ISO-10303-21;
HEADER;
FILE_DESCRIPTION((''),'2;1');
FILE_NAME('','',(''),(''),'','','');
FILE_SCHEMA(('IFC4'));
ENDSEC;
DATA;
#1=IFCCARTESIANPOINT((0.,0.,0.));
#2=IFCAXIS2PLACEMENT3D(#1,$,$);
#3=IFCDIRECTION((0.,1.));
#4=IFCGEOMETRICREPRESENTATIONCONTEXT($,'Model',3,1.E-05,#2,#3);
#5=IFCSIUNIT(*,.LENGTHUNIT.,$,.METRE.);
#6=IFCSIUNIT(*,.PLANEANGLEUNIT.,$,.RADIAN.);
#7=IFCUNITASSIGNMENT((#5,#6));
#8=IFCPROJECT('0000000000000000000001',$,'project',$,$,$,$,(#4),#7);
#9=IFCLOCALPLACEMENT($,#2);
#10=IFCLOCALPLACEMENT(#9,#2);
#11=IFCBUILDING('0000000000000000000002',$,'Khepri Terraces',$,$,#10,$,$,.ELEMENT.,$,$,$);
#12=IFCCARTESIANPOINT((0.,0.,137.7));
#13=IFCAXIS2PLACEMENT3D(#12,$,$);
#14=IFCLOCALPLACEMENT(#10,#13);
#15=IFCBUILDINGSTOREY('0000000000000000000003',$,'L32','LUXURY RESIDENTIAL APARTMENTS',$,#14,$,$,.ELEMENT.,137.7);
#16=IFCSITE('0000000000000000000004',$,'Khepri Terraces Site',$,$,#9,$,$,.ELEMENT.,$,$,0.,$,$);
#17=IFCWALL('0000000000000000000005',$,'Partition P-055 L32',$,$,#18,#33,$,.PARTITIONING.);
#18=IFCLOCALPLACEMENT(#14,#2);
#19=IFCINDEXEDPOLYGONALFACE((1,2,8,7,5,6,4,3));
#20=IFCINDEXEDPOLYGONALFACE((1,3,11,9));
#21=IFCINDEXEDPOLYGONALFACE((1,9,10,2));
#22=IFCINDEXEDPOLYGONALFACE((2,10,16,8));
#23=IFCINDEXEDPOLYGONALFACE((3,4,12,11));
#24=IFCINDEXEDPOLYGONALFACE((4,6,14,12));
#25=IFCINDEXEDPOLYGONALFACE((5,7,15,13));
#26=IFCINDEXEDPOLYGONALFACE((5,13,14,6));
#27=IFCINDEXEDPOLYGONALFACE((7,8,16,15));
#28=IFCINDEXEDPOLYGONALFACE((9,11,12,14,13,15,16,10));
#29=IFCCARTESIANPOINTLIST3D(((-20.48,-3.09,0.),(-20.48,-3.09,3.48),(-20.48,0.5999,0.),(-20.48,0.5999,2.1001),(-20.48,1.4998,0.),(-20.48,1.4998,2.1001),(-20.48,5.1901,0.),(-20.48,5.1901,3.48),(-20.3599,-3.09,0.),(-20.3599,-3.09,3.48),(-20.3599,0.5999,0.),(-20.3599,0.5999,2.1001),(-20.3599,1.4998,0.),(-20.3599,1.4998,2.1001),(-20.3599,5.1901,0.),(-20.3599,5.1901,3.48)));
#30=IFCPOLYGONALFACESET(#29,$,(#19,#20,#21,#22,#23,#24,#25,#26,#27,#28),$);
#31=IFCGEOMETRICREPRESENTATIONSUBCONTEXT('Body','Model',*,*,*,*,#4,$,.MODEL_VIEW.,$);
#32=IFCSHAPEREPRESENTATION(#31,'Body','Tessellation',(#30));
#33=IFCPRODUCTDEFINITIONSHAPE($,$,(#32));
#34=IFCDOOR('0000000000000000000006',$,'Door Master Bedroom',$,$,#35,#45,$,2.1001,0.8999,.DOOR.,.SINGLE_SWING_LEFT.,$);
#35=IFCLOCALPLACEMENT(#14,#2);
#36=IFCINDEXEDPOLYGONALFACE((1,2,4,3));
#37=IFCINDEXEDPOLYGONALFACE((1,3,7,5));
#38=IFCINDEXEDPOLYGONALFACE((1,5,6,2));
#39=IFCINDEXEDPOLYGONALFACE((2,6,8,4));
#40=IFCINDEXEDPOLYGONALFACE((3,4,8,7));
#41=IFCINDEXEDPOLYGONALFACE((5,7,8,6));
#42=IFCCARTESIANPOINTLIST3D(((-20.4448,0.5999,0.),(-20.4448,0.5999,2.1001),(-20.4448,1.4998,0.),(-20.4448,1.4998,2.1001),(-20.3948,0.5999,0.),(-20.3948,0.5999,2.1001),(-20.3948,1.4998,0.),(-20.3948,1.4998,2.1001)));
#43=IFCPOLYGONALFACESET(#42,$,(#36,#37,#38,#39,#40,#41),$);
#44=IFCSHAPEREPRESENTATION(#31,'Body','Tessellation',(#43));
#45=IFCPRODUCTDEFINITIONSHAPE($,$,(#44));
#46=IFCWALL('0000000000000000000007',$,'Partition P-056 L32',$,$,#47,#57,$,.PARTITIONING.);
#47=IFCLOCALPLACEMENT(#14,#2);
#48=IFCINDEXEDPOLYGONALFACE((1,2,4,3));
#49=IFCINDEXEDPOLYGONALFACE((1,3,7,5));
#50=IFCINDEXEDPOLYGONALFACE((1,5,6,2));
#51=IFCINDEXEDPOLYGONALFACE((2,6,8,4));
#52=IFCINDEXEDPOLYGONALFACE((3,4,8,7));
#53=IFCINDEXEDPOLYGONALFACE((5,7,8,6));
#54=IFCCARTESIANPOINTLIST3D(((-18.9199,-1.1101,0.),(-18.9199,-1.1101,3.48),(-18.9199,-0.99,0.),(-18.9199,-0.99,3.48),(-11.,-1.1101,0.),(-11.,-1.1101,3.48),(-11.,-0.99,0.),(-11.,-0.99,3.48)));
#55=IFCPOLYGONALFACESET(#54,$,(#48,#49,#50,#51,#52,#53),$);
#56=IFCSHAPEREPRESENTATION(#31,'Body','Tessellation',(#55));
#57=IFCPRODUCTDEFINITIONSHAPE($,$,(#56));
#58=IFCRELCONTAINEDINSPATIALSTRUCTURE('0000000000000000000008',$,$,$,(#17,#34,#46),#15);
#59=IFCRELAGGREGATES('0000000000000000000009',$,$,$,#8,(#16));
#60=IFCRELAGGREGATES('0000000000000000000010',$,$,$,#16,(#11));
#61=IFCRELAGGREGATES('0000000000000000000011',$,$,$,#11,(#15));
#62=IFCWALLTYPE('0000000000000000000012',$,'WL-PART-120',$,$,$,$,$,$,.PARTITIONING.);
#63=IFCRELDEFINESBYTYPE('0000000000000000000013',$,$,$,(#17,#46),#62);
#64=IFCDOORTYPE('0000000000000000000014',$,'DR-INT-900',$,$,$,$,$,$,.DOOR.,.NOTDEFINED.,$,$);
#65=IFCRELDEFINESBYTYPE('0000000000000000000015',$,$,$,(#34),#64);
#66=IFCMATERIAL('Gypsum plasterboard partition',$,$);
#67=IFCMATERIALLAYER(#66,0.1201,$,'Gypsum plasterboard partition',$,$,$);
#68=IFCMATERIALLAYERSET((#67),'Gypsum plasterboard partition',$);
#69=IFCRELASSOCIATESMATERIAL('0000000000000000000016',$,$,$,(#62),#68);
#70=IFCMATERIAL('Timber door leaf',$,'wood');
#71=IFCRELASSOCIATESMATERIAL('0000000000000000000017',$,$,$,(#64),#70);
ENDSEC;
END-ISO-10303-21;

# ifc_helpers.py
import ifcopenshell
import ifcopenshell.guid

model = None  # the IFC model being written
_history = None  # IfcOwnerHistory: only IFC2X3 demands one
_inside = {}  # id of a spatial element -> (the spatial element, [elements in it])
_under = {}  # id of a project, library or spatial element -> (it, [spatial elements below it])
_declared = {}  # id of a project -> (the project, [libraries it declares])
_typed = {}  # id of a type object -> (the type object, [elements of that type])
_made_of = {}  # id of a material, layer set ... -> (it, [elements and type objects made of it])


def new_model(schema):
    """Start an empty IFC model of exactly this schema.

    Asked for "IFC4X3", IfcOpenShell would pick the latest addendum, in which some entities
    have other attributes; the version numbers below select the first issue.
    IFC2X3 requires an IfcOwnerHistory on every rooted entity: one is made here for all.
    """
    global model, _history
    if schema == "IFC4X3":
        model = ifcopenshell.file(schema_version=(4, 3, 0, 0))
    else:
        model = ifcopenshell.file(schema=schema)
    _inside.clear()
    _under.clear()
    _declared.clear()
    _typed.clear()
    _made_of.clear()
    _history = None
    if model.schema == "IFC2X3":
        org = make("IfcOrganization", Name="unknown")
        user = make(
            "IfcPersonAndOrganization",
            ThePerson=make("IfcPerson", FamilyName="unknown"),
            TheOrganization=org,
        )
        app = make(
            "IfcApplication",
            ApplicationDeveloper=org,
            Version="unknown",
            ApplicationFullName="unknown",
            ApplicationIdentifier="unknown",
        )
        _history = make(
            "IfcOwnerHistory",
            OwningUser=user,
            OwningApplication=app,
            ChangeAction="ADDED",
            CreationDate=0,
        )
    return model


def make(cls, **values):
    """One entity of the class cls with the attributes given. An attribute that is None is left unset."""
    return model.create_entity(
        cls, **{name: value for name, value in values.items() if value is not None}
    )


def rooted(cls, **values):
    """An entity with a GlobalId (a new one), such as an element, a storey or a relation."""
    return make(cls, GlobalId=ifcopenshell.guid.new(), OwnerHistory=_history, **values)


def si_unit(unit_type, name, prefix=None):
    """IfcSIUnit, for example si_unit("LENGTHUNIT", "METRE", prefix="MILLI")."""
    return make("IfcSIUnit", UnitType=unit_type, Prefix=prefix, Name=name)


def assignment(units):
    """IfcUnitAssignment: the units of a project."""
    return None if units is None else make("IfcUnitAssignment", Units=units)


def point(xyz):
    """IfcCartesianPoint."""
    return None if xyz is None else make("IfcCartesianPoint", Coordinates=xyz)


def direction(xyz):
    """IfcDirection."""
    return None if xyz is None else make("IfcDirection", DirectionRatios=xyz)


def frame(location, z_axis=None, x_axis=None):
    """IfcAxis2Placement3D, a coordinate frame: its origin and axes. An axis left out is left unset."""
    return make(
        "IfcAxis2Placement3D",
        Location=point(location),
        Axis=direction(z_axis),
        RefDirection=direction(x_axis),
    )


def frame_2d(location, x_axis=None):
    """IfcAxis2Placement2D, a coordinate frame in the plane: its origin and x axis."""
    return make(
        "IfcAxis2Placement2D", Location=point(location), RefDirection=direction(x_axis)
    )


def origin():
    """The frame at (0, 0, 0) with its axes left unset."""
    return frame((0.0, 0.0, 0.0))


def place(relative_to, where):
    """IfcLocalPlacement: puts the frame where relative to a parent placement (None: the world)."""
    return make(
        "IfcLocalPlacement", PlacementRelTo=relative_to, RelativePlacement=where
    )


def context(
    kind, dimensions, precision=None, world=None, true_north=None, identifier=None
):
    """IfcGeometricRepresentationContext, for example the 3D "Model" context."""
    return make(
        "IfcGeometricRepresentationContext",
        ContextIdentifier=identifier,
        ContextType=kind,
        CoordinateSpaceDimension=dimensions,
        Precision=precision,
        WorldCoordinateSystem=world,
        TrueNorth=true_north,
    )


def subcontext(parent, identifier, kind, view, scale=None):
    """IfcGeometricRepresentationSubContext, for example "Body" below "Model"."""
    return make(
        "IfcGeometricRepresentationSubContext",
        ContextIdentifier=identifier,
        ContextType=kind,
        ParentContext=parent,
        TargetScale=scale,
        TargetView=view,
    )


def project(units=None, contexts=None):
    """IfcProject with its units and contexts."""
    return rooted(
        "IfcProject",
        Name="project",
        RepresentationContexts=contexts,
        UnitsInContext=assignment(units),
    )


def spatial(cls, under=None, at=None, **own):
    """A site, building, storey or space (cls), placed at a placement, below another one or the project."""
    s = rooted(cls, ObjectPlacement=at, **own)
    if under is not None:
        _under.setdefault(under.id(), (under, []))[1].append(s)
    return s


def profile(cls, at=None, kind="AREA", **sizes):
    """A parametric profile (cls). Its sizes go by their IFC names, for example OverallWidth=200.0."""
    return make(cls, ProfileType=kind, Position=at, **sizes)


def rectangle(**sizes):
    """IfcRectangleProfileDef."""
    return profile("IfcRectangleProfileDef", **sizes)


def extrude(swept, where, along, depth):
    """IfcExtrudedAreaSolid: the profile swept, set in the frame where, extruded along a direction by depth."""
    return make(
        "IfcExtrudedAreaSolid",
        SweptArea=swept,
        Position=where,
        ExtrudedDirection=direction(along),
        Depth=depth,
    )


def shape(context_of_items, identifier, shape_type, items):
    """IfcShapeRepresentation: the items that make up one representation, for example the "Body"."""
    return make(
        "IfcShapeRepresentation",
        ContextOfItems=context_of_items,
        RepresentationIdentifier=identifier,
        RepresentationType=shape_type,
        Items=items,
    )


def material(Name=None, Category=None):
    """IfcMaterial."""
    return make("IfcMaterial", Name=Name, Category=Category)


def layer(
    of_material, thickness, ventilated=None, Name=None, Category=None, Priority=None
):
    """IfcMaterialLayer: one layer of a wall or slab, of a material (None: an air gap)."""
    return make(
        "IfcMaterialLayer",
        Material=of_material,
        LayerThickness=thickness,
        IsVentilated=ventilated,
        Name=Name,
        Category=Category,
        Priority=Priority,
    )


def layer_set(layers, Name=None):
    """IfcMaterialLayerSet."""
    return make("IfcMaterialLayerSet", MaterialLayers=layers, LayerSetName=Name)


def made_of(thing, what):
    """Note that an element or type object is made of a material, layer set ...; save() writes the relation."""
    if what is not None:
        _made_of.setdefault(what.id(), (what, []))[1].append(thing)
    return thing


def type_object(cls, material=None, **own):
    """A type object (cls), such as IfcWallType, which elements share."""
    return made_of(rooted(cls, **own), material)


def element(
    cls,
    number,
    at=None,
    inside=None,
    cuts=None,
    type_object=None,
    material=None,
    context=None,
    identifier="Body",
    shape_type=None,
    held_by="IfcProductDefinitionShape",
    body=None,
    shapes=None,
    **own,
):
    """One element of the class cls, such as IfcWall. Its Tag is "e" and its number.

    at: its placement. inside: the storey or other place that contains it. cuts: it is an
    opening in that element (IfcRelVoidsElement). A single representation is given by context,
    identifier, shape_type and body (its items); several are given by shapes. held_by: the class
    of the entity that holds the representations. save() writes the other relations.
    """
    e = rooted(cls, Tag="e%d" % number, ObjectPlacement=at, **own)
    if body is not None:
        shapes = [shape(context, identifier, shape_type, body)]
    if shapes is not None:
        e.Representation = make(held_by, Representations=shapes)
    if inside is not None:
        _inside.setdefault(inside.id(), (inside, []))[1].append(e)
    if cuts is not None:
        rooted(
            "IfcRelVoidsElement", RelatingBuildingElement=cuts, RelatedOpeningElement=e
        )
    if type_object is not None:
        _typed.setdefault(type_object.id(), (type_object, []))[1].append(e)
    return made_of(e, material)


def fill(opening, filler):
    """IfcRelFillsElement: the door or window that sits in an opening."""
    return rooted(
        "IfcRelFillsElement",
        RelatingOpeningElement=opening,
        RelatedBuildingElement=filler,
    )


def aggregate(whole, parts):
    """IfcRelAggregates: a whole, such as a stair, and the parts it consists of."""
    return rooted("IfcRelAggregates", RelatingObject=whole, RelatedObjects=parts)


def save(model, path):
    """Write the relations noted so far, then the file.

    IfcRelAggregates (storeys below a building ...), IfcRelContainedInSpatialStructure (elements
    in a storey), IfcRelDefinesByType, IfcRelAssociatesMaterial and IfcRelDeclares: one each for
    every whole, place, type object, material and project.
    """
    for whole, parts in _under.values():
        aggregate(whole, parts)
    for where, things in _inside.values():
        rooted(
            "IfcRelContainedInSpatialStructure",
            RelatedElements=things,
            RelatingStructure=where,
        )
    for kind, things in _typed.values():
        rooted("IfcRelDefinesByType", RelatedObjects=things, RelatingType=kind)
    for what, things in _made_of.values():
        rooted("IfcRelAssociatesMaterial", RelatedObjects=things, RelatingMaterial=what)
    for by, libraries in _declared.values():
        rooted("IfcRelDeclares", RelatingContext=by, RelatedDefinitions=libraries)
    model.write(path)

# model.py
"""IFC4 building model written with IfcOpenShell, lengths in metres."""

from ifc_helpers import new_model, si_unit, direction, frame, frame_2d, origin, place, context, subcontext, project, spatial, rectangle, extrude, material, layer, layer_set, type_object, element, fill, save


model = new_model("IFC4")

# Units and contexts
model_context = context("Model", 3, precision=1e-05, world=origin(), true_north=direction((0.0, 1.0)))
body_context = subcontext(model_context, "Body", "Model", "MODEL_VIEW")
ifc_project = project(units=[si_unit("LENGTHUNIT", "METRE"), si_unit("PLANEANGLEUNIT", "RADIAN")], contexts=[model_context])

# Site, building, storey
site_placement = place(None, origin())
site = spatial("IfcSite", under=ifc_project, at=site_placement, Name="Khepri Terraces Site", CompositionType="ELEMENT", RefElevation=0.0)
building_placement = place(site_placement, origin())
building = spatial("IfcBuilding", under=site, at=building_placement, Name="Khepri Terraces", CompositionType="ELEMENT")
storey_placement = place(building_placement, frame((0.0, 0.0, 137.7)))
storey = spatial("IfcBuildingStorey", under=building, at=storey_placement, Name="L32", Description="LUXURY RESIDENTIAL APARTMENTS", CompositionType="ELEMENT", Elevation=137.7)

# Shared definitions
ifc_material_1 = material(Name="Gypsum plasterboard partition")
ifc_layer_1 = layer(ifc_material_1, 0.1201, Name="Gypsum plasterboard partition")
ifc_layer_set_1 = layer_set([ifc_layer_1], Name="Gypsum plasterboard partition")
wall_type_1 = type_object("IfcWallType", Name="WL-PART-120", PredefinedType="PARTITIONING", material=ifc_layer_set_1)

# Wall, opening, door
ifc_material_2 = material(Name="Timber door leaf", Category="wood")
door_type_1 = type_object("IfcDoorType", Name="DR-INT-900", OperationType="NOTDEFINED", PredefinedType="DOOR", material=ifc_material_2)
wall_1_placement = place(storey_placement, frame((-20.4199, -3.0901, 0.0), z_axis=(0.0, 0.0, 1.0), x_axis=(0.0, 1.0, 0.0)))
wall_1 = element("IfcWall", 1, at=wall_1_placement, inside=storey, type_object=wall_type_1, Name="Partition P-055 L32", PredefinedType="PARTITIONING", context=body_context, shape_type="SweptSolid", body=[
    extrude(rectangle(XDim=8.28, YDim=0.1201, at=frame_2d((4.1401, 0.0))), origin(), (0.0, 0.0, 1.0), 3.48),
])
opening_1_placement = place(wall_1_placement, frame((3.6899, 0.0, 0.0)))
opening_1 = element("IfcOpeningElement", 2, at=opening_1_placement, cuts=wall_1, PredefinedType="OPENING", context=body_context, shape_type="SweptSolid", body=[
    extrude(rectangle(XDim=0.8999, YDim=2.1001, at=frame_2d((0.45, 1.05))), frame((0.0, 0.0701, 0.0), z_axis=(0.0, -1.0, 0.0), x_axis=(1.0, 0.0, 0.0)), (0.0, 0.0, 1.0), 0.1401),
])
door_1_placement = place(opening_1_placement, origin())
door_1 = element("IfcDoor", 3, at=door_1_placement, inside=storey, type_object=door_type_1, Name="Door Master Bedroom", OperationType="SINGLE_SWING_LEFT", OverallHeight=2.1001, OverallWidth=0.8999, PredefinedType="DOOR", context=body_context, shape_type="SweptSolid", body=[
    extrude(rectangle(XDim=0.8999, YDim=2.1001, at=frame_2d((0.45, 1.05))), frame((0.0, 0.0249, 0.0), z_axis=(0.0, -1.0, 0.0), x_axis=(1.0, 0.0, 0.0)), (0.0, 0.0, 1.0), 0.05),
])
fill(opening_1, door_1)

# Wall
wall_2_placement = place(storey_placement, frame((-18.9199, -1.05, 0.0), z_axis=(0.0, 0.0, 1.0), x_axis=(1.0, 0.0, 0.0)))
element("IfcWall", 4, at=wall_2_placement, inside=storey, type_object=wall_type_1, Name="Partition P-056 L32", PredefinedType="PARTITIONING", context=body_context, shape_type="SweptSolid", body=[
    extrude(rectangle(XDim=7.9199, YDim=0.1201, at=frame_2d((3.96, 0.0))), origin(), (0.0, 0.0, 1.0), 3.48),
])

save(model, "model.ifc")
